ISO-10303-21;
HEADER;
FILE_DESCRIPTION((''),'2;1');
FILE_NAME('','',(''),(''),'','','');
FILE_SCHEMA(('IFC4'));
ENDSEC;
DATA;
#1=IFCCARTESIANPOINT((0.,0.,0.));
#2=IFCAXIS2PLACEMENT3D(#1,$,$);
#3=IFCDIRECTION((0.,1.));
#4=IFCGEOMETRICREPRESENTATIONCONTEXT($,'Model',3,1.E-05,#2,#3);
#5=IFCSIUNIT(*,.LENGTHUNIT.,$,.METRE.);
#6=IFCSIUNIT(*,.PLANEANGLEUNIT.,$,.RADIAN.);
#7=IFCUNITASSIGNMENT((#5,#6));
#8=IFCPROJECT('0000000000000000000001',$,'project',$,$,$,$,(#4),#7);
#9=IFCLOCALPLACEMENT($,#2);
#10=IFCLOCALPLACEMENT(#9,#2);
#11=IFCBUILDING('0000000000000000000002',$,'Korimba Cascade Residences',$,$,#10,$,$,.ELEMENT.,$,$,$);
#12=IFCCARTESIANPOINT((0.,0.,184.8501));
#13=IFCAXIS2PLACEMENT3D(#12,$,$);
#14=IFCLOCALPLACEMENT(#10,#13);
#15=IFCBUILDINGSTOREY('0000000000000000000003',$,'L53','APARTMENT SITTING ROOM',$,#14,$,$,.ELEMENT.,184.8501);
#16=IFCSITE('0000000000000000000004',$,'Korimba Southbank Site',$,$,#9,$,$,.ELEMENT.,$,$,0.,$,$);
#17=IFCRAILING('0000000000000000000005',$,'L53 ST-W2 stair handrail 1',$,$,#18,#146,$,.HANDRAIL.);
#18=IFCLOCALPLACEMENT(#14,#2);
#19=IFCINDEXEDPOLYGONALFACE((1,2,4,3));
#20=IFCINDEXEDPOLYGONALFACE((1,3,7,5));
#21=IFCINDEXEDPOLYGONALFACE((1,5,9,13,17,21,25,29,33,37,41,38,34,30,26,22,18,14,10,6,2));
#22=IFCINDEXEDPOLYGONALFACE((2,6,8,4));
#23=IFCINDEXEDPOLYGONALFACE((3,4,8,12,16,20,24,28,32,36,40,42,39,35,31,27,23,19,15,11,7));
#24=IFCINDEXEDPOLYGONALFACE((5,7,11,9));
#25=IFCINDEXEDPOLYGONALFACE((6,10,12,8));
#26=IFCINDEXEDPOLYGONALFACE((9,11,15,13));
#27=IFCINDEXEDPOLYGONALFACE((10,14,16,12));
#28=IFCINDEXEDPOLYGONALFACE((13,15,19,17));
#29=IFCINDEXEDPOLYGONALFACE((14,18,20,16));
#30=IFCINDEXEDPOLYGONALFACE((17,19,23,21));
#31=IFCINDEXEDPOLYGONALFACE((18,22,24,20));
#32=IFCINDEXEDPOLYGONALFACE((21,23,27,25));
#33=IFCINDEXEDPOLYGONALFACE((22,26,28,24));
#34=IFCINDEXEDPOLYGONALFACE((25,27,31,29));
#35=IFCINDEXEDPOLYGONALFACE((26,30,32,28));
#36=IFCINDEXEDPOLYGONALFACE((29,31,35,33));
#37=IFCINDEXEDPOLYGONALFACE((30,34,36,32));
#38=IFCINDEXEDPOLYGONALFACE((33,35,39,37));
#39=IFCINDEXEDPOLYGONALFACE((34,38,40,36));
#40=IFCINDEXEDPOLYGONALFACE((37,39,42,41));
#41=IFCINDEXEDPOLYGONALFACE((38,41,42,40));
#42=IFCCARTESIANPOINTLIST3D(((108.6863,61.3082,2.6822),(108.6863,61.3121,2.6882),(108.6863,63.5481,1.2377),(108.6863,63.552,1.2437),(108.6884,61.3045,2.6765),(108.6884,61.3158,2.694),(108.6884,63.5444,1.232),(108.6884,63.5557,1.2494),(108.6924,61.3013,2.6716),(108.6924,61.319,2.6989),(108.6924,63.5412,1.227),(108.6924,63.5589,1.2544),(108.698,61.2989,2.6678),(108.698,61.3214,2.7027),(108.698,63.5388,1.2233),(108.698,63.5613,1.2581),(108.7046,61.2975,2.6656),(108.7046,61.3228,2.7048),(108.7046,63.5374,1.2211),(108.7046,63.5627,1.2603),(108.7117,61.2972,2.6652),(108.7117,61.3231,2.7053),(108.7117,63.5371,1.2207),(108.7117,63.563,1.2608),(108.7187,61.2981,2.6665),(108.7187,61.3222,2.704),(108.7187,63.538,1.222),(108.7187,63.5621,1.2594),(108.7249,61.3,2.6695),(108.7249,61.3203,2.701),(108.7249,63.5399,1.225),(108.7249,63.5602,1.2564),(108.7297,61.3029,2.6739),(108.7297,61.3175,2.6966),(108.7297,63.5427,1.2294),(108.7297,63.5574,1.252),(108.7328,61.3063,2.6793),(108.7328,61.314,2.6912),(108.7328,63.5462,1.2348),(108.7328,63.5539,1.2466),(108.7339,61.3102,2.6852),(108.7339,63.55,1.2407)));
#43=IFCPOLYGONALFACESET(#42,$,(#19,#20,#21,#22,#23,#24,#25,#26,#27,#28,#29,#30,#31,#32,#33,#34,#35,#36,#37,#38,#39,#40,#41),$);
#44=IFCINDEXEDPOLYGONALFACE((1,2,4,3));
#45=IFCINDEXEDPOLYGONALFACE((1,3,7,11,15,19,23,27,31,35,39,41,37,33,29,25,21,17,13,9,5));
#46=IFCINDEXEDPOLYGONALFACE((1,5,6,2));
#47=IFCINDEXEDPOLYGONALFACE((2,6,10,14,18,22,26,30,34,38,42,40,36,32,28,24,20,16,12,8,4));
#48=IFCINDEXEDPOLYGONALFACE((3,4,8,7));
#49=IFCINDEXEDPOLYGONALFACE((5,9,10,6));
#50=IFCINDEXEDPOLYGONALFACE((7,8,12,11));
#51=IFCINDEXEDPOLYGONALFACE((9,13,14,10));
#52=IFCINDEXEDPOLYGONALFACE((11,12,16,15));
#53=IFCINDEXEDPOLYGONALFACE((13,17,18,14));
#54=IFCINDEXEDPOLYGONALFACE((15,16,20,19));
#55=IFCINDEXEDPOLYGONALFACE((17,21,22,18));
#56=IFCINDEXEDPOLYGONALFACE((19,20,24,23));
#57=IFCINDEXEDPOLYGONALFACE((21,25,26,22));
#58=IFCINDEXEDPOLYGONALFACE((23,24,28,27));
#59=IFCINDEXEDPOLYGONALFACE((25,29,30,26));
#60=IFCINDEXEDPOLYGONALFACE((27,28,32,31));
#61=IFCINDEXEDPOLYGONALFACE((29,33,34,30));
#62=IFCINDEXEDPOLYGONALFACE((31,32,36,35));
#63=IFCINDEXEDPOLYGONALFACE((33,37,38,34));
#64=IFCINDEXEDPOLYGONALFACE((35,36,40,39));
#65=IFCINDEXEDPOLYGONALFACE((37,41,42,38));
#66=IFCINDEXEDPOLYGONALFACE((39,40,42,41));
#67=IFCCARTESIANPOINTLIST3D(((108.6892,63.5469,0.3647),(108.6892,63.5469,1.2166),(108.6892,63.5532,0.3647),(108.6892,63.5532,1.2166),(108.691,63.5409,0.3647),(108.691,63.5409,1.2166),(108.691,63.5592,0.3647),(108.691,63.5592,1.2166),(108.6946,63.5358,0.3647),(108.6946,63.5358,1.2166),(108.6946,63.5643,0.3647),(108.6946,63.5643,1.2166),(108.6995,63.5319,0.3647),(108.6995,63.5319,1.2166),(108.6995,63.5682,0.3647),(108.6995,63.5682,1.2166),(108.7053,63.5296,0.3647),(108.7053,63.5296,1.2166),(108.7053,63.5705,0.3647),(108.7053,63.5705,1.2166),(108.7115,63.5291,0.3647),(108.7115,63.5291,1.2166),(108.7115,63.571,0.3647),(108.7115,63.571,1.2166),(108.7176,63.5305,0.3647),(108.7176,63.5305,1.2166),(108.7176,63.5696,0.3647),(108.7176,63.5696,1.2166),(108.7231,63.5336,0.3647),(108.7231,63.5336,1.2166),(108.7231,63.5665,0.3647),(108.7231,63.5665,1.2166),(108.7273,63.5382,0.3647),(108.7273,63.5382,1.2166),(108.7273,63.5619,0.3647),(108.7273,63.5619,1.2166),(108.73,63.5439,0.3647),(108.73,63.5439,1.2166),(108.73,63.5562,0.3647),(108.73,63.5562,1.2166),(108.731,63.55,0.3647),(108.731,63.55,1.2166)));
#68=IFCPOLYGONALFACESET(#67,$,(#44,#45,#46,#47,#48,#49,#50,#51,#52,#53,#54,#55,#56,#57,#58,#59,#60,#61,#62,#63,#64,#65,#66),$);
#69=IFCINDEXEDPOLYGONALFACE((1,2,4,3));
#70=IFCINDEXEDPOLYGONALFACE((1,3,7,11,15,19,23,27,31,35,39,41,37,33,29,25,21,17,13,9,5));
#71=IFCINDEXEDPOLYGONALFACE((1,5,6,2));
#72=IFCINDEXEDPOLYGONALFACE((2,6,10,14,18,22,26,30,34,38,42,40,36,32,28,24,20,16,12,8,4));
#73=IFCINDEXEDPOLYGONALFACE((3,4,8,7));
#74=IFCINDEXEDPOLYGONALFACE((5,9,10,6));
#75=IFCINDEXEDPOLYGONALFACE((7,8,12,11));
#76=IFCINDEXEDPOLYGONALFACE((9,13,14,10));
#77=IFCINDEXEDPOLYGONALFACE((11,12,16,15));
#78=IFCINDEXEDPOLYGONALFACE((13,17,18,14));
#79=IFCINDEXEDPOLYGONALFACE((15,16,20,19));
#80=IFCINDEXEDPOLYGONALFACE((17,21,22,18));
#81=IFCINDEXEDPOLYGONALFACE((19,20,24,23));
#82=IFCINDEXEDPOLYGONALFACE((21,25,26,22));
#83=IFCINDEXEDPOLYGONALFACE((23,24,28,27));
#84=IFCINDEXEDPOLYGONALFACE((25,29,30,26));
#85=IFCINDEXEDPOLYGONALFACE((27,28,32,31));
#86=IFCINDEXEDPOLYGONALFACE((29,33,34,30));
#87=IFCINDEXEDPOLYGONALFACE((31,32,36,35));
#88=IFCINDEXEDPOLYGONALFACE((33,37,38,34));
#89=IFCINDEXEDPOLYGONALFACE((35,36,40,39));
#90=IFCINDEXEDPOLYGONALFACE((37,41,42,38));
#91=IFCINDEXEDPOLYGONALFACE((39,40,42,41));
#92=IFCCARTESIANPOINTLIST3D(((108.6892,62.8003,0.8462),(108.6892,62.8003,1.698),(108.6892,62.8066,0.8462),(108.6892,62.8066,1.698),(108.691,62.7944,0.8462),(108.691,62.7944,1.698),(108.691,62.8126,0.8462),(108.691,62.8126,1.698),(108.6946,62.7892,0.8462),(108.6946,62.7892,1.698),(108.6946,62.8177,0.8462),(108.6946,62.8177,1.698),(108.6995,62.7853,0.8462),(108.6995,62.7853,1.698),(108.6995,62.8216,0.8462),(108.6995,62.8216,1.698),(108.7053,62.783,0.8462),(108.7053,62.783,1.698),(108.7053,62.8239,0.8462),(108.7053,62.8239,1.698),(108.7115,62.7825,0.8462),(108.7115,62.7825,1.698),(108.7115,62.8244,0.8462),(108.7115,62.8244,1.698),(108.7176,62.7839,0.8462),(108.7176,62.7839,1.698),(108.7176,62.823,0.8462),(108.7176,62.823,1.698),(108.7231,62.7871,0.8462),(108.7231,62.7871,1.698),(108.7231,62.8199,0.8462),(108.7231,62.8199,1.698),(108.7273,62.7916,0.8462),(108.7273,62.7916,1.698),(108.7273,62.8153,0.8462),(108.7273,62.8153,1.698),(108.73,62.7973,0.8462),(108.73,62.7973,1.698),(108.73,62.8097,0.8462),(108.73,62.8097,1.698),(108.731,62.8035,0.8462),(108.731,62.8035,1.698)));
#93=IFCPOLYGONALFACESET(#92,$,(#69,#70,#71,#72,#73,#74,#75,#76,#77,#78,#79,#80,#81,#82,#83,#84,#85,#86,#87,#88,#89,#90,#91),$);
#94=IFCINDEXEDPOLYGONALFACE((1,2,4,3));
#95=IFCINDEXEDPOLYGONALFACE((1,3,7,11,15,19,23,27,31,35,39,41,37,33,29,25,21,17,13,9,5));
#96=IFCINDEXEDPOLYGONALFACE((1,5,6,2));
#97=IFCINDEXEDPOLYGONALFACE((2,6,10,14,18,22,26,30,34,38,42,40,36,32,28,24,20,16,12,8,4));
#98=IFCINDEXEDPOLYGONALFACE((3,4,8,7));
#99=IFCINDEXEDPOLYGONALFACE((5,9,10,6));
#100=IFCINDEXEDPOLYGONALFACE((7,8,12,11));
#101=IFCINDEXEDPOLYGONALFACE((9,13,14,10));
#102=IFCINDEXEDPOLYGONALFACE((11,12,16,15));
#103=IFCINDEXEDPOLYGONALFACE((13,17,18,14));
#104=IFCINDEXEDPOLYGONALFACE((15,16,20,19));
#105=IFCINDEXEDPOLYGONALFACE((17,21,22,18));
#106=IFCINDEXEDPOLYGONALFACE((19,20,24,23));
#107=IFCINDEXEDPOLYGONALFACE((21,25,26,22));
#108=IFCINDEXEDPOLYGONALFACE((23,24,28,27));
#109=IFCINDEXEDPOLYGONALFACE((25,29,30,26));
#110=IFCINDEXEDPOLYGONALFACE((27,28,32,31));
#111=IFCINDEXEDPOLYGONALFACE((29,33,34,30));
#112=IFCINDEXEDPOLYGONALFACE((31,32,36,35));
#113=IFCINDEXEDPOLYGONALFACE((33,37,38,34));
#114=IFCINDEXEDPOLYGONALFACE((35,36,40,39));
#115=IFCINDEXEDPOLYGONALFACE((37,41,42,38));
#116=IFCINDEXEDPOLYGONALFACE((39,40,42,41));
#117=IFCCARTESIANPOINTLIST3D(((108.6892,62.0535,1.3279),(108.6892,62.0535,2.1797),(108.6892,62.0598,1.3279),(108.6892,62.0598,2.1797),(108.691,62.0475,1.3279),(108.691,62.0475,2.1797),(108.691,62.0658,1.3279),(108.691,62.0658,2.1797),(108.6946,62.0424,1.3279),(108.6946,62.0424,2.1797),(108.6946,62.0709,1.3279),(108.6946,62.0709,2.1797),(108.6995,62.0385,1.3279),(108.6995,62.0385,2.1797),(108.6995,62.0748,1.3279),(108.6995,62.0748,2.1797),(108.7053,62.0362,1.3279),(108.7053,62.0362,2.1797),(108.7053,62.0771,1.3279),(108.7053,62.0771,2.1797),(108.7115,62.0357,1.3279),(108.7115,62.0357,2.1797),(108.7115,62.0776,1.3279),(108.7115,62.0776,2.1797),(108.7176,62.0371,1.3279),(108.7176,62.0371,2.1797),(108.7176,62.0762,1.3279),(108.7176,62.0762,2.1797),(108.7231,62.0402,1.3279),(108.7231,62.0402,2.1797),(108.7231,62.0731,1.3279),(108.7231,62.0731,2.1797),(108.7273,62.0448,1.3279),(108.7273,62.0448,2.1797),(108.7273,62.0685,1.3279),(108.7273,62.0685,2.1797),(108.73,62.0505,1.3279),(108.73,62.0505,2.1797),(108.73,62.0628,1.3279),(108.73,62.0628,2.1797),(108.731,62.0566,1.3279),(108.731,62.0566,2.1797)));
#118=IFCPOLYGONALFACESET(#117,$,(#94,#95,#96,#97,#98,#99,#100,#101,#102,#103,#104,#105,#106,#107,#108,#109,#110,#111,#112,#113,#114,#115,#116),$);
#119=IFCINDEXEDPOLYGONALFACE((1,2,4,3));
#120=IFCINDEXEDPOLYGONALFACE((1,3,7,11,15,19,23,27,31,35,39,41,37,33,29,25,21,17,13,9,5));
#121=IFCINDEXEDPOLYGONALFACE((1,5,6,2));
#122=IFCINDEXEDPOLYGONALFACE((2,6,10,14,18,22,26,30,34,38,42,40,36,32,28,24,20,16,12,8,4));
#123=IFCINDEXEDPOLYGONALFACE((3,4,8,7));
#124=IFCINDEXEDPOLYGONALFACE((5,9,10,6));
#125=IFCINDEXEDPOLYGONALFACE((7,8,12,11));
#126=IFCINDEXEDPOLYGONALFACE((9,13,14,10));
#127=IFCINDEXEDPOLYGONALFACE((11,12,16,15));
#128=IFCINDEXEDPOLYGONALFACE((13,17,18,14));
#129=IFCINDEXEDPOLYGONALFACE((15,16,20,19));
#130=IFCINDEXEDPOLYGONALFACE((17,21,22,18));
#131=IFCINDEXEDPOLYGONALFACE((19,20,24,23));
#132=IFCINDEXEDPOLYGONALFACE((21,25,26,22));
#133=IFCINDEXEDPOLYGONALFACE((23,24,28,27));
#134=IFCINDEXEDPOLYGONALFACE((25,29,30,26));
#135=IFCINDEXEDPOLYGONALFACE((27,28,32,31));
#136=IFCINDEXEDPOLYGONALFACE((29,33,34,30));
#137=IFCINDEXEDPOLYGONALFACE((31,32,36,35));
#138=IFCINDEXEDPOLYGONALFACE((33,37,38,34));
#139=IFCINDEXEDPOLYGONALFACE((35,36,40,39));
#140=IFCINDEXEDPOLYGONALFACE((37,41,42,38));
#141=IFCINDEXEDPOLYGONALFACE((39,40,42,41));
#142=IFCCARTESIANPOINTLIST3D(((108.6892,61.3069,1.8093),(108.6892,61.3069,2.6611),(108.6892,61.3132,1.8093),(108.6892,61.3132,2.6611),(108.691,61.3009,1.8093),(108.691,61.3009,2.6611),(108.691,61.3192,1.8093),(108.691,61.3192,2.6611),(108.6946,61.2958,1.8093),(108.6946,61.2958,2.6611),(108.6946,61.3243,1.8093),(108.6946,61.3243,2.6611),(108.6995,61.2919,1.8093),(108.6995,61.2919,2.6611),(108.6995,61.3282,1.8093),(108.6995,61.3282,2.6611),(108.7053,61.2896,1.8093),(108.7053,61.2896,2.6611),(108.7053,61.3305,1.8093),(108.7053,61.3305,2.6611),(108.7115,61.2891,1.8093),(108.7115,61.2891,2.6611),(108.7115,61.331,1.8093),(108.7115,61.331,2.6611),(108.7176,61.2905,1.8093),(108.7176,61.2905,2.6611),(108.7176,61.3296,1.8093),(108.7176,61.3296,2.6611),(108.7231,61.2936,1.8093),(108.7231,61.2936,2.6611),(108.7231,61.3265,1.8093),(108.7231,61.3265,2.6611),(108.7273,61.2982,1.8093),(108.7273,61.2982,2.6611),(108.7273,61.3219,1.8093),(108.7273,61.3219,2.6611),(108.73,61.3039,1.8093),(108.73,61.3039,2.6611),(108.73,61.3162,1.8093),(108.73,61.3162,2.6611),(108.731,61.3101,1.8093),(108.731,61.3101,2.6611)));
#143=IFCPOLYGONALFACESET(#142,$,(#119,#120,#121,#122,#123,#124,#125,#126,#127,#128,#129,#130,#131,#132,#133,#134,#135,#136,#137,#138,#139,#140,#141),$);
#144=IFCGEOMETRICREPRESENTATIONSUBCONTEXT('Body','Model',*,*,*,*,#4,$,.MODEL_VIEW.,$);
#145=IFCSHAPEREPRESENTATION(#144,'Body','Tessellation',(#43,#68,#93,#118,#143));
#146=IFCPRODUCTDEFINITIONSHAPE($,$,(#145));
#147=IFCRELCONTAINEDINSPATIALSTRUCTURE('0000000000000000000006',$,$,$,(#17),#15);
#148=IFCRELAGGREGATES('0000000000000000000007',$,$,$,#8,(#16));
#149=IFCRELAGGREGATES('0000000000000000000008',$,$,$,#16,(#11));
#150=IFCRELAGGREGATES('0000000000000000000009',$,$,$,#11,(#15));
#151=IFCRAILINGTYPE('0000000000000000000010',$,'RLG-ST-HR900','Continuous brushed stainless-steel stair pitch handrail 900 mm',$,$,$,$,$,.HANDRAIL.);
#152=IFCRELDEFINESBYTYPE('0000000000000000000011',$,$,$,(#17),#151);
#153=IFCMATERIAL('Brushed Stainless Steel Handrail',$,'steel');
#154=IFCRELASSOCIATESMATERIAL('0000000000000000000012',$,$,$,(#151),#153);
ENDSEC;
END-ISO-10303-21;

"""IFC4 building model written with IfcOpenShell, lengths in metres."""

from ifc_helpers import new_model, si_unit, direction, frame, origin, origin_2d, place, context, subcontext, project, spatial, circle, extrude, material, type_object, element, save


model = new_model("IFC4")

# Units and contexts
model_context = context("Model", 3, precision=1e-05, world=origin(), true_north=direction((0.0, 1.0)))
body_context = subcontext(model_context, "Body", "Model", "MODEL_VIEW")
ifc_project = project(units=[si_unit("LENGTHUNIT", "METRE"), si_unit("PLANEANGLEUNIT", "RADIAN")], contexts=[model_context])

# Site, building, storey
site_placement = place(None, origin())
site = spatial("IfcSite", under=ifc_project, at=site_placement, Name="Korimba Southbank Site", CompositionType="ELEMENT", RefElevation=0.0)
building_placement = place(site_placement, origin())
building = spatial("IfcBuilding", under=site, at=building_placement, Name="Korimba Cascade Residences", CompositionType="ELEMENT")
storey_placement = place(building_placement, frame((0.0, 0.0, 184.8501)))
storey = spatial("IfcBuildingStorey", under=building, at=storey_placement, Name="L53", Description="APARTMENT SITTING ROOM", CompositionType="ELEMENT", Elevation=184.8501)

# Railing
ifc_material_1 = material(Name="Brushed Stainless Steel Handrail", Category="steel")
railing_type_1 = type_object("IfcRailingType", Name="RLG-ST-HR900", Description="Continuous brushed stainless-steel stair pitch handrail 900 mm", PredefinedType="HANDRAIL", material=ifc_material_1)
railing_1_placement = place(storey_placement, frame((108.71, 63.55, 0.3647)))
element("IfcRailing", 1, at=railing_1_placement, inside=storey, type_object=railing_type_1, Name="L53 ST-W2 stair handrail 1", PredefinedType="HANDRAIL", context=body_context, shape_type="SweptSolid", body=[
    extrude(circle(Radius=0.0239, at=origin_2d()), frame((0.0, 0.0, 0.876), z_axis=(0.0, -0.840395, 0.541975), x_axis=(1.0, 0.0, 0.0)), (0.0, 0.0, 1.0), 2.6653),
    extrude(circle(Radius=0.021, at=origin_2d()), origin(), (0.0, 0.0, 1.0), 0.8518),
    extrude(circle(Radius=0.021, at=origin_2d()), frame((0.0, -0.7466, 0.4814)), (0.0, 0.0, 1.0), 0.8518),
    extrude(circle(Radius=0.021, at=origin_2d()), frame((0.0, -1.4934, 0.9631)), (0.0, 0.0, 1.0), 0.8518),
    extrude(circle(Radius=0.021, at=origin_2d()), frame((0.0, -2.24, 1.4446)), (0.0, 0.0, 1.0), 0.8518),
])

save(model, "model.ifc")
